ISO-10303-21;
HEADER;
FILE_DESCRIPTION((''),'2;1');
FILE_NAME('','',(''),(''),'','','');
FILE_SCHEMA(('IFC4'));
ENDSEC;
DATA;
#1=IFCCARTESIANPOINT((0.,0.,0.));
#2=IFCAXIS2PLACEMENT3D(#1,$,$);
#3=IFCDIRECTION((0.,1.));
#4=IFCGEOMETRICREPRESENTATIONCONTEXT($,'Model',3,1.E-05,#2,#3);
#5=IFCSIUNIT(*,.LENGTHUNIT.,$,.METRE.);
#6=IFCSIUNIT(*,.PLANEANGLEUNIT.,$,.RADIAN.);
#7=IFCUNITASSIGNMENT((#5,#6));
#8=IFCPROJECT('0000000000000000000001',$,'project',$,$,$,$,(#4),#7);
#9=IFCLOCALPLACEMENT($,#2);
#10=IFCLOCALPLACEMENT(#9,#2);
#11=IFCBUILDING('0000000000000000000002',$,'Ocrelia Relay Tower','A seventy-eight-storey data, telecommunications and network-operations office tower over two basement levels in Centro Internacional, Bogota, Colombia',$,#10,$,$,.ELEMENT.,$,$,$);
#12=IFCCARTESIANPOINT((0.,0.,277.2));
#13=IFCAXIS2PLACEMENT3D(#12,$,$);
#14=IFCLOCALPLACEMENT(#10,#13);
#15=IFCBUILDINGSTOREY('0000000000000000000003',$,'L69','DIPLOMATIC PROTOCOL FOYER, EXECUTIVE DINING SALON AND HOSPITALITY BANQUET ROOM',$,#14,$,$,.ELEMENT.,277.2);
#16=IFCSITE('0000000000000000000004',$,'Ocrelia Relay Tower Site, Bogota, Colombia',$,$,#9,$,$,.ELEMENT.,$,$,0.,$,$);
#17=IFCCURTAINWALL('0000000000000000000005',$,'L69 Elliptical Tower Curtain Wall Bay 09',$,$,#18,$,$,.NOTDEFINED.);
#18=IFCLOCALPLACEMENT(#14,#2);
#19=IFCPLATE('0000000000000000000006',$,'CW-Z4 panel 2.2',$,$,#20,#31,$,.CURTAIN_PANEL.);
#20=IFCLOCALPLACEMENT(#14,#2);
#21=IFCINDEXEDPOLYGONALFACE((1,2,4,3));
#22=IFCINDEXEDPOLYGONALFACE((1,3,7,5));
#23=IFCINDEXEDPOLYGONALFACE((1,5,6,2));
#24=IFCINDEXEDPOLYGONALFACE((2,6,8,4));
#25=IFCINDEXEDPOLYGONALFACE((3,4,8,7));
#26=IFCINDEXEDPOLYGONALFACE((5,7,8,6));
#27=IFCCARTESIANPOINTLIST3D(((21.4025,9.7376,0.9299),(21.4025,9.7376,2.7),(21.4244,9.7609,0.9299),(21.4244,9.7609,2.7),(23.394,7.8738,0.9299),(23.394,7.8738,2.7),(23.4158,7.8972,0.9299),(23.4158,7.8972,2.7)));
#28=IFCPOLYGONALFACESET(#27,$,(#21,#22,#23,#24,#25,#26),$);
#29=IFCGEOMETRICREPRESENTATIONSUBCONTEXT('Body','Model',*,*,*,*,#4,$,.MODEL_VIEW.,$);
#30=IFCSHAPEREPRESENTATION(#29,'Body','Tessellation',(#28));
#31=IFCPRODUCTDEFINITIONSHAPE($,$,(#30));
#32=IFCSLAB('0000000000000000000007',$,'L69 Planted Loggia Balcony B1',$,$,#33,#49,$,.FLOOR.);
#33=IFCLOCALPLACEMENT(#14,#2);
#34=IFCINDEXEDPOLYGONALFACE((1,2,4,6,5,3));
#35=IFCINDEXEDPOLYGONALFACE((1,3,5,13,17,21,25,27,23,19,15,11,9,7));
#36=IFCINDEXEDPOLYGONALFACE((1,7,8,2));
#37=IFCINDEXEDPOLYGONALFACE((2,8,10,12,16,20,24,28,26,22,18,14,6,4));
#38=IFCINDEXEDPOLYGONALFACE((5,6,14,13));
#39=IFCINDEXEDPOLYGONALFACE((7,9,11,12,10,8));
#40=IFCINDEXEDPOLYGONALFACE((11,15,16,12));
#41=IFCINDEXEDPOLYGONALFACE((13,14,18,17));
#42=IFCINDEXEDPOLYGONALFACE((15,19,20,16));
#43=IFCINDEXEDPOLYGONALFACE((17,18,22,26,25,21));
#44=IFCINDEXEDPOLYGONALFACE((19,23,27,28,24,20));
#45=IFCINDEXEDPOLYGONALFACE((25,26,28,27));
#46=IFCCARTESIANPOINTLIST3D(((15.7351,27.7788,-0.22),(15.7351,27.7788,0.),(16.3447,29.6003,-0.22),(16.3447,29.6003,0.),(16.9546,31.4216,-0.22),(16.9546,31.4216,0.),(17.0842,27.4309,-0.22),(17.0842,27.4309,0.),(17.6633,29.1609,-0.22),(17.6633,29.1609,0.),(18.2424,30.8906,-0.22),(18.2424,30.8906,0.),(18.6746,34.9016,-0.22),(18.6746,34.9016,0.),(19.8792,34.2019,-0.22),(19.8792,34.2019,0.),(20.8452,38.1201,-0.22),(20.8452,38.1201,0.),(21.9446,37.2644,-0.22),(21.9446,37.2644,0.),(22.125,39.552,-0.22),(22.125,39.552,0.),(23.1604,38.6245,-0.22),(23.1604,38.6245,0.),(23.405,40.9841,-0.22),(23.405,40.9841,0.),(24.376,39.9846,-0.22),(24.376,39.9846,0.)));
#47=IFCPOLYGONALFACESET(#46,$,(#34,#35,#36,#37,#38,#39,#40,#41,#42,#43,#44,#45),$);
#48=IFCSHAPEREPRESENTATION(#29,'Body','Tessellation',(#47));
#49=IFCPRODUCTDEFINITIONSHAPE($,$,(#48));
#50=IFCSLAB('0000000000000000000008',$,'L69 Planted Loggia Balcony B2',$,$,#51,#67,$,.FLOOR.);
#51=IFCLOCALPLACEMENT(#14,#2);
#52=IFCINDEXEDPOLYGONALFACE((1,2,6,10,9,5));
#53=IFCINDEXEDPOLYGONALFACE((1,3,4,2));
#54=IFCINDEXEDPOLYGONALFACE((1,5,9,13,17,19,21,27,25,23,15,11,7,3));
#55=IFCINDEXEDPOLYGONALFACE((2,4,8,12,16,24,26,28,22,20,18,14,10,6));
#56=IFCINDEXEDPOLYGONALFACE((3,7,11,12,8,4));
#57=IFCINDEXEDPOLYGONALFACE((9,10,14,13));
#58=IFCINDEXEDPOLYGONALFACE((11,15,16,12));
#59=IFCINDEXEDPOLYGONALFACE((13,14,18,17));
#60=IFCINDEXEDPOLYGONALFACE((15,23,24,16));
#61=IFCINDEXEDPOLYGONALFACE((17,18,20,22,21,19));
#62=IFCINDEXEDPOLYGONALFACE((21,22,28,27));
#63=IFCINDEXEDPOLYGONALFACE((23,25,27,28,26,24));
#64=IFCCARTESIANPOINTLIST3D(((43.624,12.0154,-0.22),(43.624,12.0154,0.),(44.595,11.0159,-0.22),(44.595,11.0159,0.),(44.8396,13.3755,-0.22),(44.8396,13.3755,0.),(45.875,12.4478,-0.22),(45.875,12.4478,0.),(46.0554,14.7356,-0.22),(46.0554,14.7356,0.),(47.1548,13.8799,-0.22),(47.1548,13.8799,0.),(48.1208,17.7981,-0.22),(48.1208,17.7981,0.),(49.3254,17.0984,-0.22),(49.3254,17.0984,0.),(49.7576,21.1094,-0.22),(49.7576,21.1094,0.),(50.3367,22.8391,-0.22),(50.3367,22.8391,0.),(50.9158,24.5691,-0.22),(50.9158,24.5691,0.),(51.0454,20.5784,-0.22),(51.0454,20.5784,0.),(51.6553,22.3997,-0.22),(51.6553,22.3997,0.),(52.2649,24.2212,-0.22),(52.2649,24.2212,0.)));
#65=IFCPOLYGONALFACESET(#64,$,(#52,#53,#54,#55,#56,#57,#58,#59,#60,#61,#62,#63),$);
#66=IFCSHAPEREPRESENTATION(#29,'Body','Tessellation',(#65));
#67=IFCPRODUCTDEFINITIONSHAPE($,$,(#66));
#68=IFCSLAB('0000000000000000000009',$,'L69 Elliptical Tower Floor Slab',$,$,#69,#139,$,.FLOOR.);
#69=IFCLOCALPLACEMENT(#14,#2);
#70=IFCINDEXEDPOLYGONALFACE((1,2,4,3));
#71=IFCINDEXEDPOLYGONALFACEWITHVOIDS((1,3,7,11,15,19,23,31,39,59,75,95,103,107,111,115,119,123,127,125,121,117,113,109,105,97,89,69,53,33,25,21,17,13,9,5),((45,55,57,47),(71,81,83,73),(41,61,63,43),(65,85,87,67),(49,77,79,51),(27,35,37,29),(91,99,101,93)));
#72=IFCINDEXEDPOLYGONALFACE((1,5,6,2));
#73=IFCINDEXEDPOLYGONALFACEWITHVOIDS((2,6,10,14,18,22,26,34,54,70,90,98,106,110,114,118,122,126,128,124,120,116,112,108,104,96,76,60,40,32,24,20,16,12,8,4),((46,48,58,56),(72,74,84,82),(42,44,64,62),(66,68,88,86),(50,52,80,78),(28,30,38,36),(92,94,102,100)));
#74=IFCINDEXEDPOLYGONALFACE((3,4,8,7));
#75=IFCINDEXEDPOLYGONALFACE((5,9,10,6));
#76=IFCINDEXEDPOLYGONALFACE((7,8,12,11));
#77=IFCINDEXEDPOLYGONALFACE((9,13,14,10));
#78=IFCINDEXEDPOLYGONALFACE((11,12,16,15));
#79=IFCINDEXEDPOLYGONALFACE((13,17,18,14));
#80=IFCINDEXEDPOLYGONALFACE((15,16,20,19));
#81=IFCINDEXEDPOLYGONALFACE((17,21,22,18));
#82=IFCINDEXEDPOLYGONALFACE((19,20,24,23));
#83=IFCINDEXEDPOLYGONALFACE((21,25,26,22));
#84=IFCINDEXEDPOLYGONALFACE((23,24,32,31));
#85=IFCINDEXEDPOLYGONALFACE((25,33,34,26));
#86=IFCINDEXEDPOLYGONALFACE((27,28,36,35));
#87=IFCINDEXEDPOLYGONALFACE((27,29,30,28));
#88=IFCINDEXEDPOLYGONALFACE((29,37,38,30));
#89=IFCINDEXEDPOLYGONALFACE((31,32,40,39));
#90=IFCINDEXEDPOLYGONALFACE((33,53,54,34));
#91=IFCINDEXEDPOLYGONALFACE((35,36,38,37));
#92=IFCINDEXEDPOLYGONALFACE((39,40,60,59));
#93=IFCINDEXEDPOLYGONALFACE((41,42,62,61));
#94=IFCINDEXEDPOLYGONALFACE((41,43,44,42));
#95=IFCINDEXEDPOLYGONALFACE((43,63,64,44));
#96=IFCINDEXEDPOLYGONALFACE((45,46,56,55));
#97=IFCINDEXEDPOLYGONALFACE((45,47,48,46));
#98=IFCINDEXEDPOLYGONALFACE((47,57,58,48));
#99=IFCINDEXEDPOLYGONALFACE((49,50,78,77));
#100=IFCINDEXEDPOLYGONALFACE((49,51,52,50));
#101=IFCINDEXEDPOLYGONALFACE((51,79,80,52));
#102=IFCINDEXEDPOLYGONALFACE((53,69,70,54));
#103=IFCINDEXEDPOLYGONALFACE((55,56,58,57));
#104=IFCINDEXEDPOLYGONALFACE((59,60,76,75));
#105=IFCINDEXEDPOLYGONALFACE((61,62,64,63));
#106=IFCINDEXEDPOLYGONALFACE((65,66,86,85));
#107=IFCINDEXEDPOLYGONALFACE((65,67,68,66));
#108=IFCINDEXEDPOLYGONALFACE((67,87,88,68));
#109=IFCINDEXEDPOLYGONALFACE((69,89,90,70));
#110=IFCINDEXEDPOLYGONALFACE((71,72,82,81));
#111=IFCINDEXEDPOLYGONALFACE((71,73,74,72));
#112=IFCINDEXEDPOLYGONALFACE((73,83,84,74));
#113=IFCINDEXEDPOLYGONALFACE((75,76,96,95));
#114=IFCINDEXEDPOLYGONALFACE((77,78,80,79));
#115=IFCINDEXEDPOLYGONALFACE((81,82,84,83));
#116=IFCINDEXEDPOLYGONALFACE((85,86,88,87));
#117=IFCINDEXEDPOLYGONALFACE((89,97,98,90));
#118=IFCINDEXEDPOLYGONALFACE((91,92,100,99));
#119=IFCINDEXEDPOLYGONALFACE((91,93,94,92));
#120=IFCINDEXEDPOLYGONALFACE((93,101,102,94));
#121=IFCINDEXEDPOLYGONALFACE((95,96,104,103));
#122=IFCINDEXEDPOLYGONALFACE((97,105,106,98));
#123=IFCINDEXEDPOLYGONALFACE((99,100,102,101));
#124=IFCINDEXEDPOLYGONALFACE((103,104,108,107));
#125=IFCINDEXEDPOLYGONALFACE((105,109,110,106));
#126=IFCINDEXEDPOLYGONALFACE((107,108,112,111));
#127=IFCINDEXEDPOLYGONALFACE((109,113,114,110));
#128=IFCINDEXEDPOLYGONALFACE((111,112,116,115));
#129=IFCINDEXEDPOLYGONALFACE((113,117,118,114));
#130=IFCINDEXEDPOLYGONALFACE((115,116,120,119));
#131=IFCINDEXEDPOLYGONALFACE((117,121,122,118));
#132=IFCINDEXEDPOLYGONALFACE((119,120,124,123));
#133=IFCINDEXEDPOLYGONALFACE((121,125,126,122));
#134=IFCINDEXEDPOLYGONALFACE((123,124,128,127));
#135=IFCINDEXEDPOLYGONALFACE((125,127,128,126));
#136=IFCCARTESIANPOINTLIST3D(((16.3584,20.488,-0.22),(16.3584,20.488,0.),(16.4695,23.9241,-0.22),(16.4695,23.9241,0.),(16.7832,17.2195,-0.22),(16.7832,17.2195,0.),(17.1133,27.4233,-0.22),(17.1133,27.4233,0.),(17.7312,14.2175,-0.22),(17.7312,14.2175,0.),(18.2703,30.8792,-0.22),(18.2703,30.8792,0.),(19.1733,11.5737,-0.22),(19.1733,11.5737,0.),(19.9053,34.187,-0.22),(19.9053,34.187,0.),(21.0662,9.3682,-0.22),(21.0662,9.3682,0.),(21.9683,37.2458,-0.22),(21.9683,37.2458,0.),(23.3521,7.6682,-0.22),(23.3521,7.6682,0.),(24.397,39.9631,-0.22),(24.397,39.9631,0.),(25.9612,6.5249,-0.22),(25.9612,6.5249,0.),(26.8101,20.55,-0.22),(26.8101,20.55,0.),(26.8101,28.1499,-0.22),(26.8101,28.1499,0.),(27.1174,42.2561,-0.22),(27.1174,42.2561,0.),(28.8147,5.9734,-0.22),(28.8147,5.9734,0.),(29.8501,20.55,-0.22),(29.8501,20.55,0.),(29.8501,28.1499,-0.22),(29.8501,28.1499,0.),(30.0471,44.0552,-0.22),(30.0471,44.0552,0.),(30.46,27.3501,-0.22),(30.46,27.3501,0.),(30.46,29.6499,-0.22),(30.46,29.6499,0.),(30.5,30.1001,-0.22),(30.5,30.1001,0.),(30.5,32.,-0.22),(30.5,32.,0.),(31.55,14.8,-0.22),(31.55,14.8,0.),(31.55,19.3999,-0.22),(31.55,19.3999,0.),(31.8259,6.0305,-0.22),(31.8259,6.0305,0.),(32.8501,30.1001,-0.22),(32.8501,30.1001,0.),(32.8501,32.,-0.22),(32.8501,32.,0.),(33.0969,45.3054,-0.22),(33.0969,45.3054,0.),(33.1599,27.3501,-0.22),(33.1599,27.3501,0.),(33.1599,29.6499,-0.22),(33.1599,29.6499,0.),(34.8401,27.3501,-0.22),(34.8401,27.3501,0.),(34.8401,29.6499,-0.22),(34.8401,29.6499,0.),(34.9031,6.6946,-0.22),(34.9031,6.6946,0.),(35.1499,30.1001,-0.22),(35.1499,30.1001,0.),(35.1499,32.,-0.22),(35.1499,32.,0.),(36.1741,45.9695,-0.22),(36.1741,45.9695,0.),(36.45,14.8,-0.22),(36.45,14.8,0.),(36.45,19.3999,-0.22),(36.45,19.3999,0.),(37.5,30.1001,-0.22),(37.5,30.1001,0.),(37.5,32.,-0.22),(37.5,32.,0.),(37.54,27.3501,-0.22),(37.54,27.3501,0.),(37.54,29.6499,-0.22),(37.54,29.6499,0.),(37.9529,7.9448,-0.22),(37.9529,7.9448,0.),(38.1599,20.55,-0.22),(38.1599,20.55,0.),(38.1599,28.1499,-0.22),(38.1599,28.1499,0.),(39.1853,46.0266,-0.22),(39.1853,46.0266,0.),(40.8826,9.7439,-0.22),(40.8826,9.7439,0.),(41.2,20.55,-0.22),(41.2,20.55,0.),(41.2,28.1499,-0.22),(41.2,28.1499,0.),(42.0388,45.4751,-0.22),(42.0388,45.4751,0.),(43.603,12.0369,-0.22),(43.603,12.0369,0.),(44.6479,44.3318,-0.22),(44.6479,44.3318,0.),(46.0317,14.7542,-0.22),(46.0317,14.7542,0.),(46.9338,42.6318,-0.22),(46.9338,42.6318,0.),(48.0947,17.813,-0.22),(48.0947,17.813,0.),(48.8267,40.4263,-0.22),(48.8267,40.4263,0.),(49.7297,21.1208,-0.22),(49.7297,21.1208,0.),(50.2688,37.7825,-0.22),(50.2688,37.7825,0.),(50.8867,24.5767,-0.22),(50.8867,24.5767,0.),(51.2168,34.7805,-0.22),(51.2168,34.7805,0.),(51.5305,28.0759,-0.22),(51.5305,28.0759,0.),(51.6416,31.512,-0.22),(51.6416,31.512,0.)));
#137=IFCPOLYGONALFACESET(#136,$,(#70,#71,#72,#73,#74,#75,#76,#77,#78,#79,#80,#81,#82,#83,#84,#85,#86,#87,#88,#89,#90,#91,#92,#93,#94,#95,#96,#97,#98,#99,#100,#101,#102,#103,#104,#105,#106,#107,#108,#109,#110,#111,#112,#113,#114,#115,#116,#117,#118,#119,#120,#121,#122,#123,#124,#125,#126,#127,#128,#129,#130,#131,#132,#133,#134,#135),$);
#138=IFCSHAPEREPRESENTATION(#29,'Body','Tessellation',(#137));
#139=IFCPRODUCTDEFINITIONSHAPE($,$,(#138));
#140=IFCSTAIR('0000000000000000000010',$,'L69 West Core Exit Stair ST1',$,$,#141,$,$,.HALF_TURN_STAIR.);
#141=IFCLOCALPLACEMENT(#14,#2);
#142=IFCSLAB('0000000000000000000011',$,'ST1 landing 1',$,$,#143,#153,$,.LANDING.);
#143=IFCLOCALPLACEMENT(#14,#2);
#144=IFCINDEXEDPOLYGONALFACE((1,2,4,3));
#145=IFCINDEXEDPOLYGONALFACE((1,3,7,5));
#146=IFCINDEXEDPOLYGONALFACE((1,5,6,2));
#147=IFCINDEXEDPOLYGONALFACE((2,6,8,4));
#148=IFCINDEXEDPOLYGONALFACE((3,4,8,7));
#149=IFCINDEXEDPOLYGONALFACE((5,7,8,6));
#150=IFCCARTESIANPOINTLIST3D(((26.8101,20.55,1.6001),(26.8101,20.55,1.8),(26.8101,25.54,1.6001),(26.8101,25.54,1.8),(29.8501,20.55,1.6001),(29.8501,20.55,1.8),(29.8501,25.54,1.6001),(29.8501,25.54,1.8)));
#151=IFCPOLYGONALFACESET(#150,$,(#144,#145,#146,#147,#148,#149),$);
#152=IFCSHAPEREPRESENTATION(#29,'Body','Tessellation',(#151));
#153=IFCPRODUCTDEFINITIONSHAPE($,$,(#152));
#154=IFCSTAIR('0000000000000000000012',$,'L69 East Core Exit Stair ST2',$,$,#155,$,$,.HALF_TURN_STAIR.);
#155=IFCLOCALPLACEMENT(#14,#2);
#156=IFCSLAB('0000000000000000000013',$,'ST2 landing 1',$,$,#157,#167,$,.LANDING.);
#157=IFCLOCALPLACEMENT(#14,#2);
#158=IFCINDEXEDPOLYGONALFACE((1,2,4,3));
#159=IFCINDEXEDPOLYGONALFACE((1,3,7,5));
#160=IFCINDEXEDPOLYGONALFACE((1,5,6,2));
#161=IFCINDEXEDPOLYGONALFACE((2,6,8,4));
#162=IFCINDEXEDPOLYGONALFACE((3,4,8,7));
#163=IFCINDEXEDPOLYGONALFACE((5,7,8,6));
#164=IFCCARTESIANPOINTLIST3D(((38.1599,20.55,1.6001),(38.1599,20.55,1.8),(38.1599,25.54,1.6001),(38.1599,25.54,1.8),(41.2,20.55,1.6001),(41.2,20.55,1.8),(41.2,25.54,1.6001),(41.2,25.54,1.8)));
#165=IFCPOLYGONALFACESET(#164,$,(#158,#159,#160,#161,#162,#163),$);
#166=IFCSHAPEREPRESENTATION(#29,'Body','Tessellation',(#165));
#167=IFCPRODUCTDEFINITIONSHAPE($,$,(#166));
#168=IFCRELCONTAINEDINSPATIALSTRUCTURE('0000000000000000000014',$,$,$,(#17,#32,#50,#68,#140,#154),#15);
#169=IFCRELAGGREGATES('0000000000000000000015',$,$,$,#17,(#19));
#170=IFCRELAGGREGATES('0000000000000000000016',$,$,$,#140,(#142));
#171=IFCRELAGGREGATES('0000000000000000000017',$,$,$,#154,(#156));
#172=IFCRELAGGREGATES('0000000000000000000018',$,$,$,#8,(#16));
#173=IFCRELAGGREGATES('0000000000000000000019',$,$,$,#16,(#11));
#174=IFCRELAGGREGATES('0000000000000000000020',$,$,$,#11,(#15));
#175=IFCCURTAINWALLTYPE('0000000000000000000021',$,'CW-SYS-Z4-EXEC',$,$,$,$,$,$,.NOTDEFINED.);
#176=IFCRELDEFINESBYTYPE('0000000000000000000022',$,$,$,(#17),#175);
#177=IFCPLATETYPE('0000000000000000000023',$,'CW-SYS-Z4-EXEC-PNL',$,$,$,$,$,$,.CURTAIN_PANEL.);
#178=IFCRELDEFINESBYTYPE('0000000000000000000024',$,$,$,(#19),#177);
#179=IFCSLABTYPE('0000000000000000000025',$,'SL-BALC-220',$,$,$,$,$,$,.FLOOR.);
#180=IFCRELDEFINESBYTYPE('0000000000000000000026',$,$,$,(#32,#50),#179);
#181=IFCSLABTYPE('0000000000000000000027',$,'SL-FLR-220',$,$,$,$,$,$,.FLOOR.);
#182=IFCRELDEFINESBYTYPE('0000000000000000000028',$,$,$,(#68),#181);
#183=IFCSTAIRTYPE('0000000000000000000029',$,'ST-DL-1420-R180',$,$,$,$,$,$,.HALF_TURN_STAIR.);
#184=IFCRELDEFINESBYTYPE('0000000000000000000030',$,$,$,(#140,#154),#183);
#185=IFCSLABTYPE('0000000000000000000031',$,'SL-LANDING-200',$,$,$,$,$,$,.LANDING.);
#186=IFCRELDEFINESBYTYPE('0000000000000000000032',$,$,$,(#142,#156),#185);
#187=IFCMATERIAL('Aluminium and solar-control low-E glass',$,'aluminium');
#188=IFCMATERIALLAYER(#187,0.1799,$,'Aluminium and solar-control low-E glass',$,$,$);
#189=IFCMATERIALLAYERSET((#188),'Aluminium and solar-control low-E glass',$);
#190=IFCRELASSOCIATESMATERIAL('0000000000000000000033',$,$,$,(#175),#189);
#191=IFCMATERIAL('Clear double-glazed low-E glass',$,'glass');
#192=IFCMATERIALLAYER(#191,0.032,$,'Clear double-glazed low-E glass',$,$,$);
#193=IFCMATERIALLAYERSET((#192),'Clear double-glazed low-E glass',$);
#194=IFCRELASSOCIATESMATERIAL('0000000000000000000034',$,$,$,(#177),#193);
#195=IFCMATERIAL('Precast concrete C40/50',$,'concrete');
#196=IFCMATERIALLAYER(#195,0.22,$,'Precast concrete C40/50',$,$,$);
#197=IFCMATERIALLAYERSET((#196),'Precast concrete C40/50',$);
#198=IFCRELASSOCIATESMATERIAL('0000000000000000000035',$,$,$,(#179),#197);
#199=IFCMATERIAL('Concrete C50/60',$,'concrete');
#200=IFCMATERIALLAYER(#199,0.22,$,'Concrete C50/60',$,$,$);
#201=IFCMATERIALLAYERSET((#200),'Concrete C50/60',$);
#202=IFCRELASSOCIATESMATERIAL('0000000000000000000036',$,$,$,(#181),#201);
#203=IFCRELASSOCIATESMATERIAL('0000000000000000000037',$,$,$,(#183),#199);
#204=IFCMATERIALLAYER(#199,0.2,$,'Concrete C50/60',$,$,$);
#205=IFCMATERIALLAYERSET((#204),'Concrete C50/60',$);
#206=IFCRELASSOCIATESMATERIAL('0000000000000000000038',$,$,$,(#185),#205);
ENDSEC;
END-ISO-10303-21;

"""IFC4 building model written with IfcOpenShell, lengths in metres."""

from ifc_helpers import new_model, si_unit, direction, frame, origin, origin_2d, place, context, subcontext, project, spatial, polyline, rectangle, outline, extrude, material, layer, layer_set, type_object, element, aggregate, save


model = new_model("IFC4")

# Units and contexts
model_context = context("Model", 3, precision=1e-05, world=origin(), true_north=direction((0.0, 1.0)))
body_context = subcontext(model_context, "Body", "Model", "MODEL_VIEW")
ifc_project = project(units=[si_unit("LENGTHUNIT", "METRE"), si_unit("PLANEANGLEUNIT", "RADIAN")], contexts=[model_context])

# Site, building, storey
site_placement = place(None, origin())
site = spatial("IfcSite", under=ifc_project, at=site_placement, Name="Ocrelia Relay Tower Site, Bogota, Colombia", CompositionType="ELEMENT", RefElevation=0.0)
building_placement = place(site_placement, origin())
building = spatial("IfcBuilding", under=site, at=building_placement, Name="Ocrelia Relay Tower", Description="A seventy-eight-storey data, telecommunications and network-operations office tower over two basement levels in Centro Internacional, Bogota, Colombia", CompositionType="ELEMENT")
storey_placement = place(building_placement, frame((0.0, 0.0, 277.2)))
storey = spatial("IfcBuildingStorey", under=building, at=storey_placement, Name="L69", Description="DIPLOMATIC PROTOCOL FOYER, EXECUTIVE DINING SALON AND HOSPITALITY BANQUET ROOM", CompositionType="ELEMENT", Elevation=277.2)

# Shared definitions
ifc_material_1 = material(Name="Concrete C50/60", Category="concrete")

# Curtain wall
ifc_material_2 = material(Name="Aluminium and solar-control low-E glass", Category="aluminium")
ifc_layer_1 = layer(ifc_material_2, 0.1799, Name="Aluminium and solar-control low-E glass")
ifc_layer_set_1 = layer_set([ifc_layer_1], Name="Aluminium and solar-control low-E glass")
curtain_wall_type = type_object("IfcCurtainWallType", Name="CW-SYS-Z4-EXEC", PredefinedType="NOTDEFINED", material=ifc_layer_set_1)
curtain_wall_1_placement = place(storey_placement, origin())
curtain_wall_1 = element("IfcCurtainWall", 1, at=curtain_wall_1_placement, inside=storey, type_object=curtain_wall_type, Name="L69 Elliptical Tower Curtain Wall Bay 09", PredefinedType="NOTDEFINED")

# Plate
ifc_material_3 = material(Name="Clear double-glazed low-E glass", Category="glass")
ifc_layer_2 = layer(ifc_material_3, 0.032, Name="Clear double-glazed low-E glass")
ifc_layer_set_2 = layer_set([ifc_layer_2], Name="Clear double-glazed low-E glass")
plate_type = type_object("IfcPlateType", Name="CW-SYS-Z4-EXEC-PNL", PredefinedType="CURTAIN_PANEL", material=ifc_layer_set_2)
plate_1_placement = place(storey_placement, frame((22.4092, 8.8174, 0.9299), z_axis=(0.0, 0.0, 1.0), x_axis=(0.730125, -0.683313, 0.0)))
plate_1 = element("IfcPlate", 2, at=plate_1_placement, type_object=plate_type, Name="CW-Z4 panel 2.2", PredefinedType="CURTAIN_PANEL", context=body_context, shape_type="SweptSolid", body=[
    extrude(rectangle(XDim=2.7275, YDim=0.032, at=origin_2d()), origin(), (0.0, 0.0, 1.0), 1.77),
])
aggregate(curtain_wall_1, [plate_1])

# Slabs
ifc_material_4 = material(Name="Precast concrete C40/50", Category="concrete")
ifc_layer_3 = layer(ifc_material_4, 0.22, Name="Precast concrete C40/50")
ifc_layer_set_3 = layer_set([ifc_layer_3], Name="Precast concrete C40/50")
slab_type_1 = type_object("IfcSlabType", Name="SL-BALC-220", PredefinedType="FLOOR", material=ifc_layer_set_3)
slab_1_placement = place(storey_placement, frame((0.0, 0.0, -0.22)))
element("IfcSlab", 3, at=slab_1_placement, inside=storey, type_object=slab_type_1, Name="L69 Planted Loggia Balcony B1", PredefinedType="FLOOR", context=body_context, shape_type="SweptSolid", body=[
    extrude(outline(polyline([(24.376, 39.9846), (23.1604, 38.6245), (21.9446, 37.2644), (19.8792, 34.2019), (18.2424, 30.8906), (17.6633, 29.1609), (17.0842, 27.4309), (15.7351, 27.7788), (16.3447, 29.6003), (16.9546, 31.4216), (18.6746, 34.9016), (20.8452, 38.1201), (22.125, 39.552), (23.405, 40.9841), (24.376, 39.9846)])), origin(), (0.0, 0.0, 1.0), 0.22),
])
slab_2_placement = place(storey_placement, frame((0.0, 0.0, -0.22)))
element("IfcSlab", 4, at=slab_2_placement, inside=storey, type_object=slab_type_1, Name="L69 Planted Loggia Balcony B2", PredefinedType="FLOOR", context=body_context, shape_type="SweptSolid", body=[
    extrude(outline(polyline([(43.624, 12.0154), (44.8396, 13.3755), (46.0554, 14.7356), (48.1208, 17.7981), (49.7576, 21.1094), (50.3367, 22.8391), (50.9158, 24.5691), (52.2649, 24.2212), (51.6553, 22.3997), (51.0454, 20.5784), (49.3254, 17.0984), (47.1548, 13.8799), (45.875, 12.4478), (44.595, 11.0159), (43.624, 12.0154)])), origin(), (0.0, 0.0, 1.0), 0.22),
])
ifc_layer_4 = layer(ifc_material_1, 0.22, Name="Concrete C50/60")
ifc_layer_set_4 = layer_set([ifc_layer_4], Name="Concrete C50/60")
slab_type_2 = type_object("IfcSlabType", Name="SL-FLR-220", PredefinedType="FLOOR", material=ifc_layer_set_4)
slab_3_placement = place(storey_placement, frame((0.0, 0.0, -0.22)))
element("IfcSlab", 5, at=slab_3_placement, inside=storey, type_object=slab_type_2, Name="L69 Elliptical Tower Floor Slab", PredefinedType="FLOOR", context=body_context, shape_type="SweptSolid", body=[
    extrude(outline(polyline([(44.6479, 44.3318), (42.0388, 45.4751), (39.1853, 46.0266), (36.1741, 45.9695), (33.0969, 45.3054), (30.0471, 44.0552), (27.1174, 42.2561), (24.397, 39.9631), (21.9683, 37.2458), (19.9053, 34.187), (18.2703, 30.8792), (17.1133, 27.4233), (16.4695, 23.9241), (16.3584, 20.488), (16.7832, 17.2195), (17.7312, 14.2175), (19.1733, 11.5737), (21.0662, 9.3682), (23.3521, 7.6682), (25.9612, 6.5249), (28.8147, 5.9734), (31.8259, 6.0305), (34.9031, 6.6946), (37.9529, 7.9448), (40.8826, 9.7439), (43.603, 12.0369), (46.0317, 14.7542), (48.0947, 17.813), (49.7297, 21.1208), (50.8867, 24.5767), (51.5305, 28.0759), (51.6416, 31.512), (51.2168, 34.7805), (50.2688, 37.7825), (48.8267, 40.4263), (46.9338, 42.6318), (44.6479, 44.3318)]), holes=[polyline([(26.8101, 28.1499), (26.8101, 20.55), (29.8501, 20.55), (29.8501, 28.1499), (26.8101, 28.1499)]), polyline([(38.1599, 28.1499), (38.1599, 20.55), (41.2, 20.55), (41.2, 28.1499), (38.1599, 28.1499)]), polyline([(30.46, 27.3501), (33.1599, 27.3501), (33.1599, 29.6499), (30.46, 29.6499), (30.46, 27.3501)]), polyline([(34.8401, 27.3501), (37.54, 27.3501), (37.54, 29.6499), (34.8401, 29.6499), (34.8401, 27.3501)]), polyline([(30.5, 30.1001), (32.8501, 30.1001), (32.8501, 32.0), (30.5, 32.0), (30.5, 30.1001)]), polyline([(35.1499, 30.1001), (37.5, 30.1001), (37.5, 32.0), (35.1499, 32.0), (35.1499, 30.1001)]), polyline([(31.55, 14.8), (36.45, 14.8), (36.45, 19.3999), (31.55, 19.3999), (31.55, 14.8)])]), origin(), (0.0, 0.0, 1.0), 0.22),
])

# Stairs, slabs
stair_type = type_object("IfcStairType", Name="ST-DL-1420-R180", PredefinedType="HALF_TURN_STAIR", material=ifc_material_1)
stair_1_placement = place(storey_placement, origin())
stair_1 = element("IfcStair", 6, at=stair_1_placement, inside=storey, type_object=stair_type, Name="L69 West Core Exit Stair ST1", PredefinedType="HALF_TURN_STAIR")
ifc_layer_5 = layer(ifc_material_1, 0.2, Name="Concrete C50/60")
ifc_layer_set_5 = layer_set([ifc_layer_5], Name="Concrete C50/60")
slab_type_3 = type_object("IfcSlabType", Name="SL-LANDING-200", PredefinedType="LANDING", material=ifc_layer_set_5)
slab_4_placement = place(storey_placement, frame((0.0, 0.0, 1.6001)))
slab_4 = element("IfcSlab", 7, at=slab_4_placement, type_object=slab_type_3, Name="ST1 landing 1", PredefinedType="LANDING", context=body_context, shape_type="SweptSolid", body=[
    extrude(outline(polyline([(26.8101, 25.54), (26.8101, 20.55), (29.8501, 20.55), (29.8501, 25.54), (26.8101, 25.54)])), origin(), (0.0, 0.0, 1.0), 0.2),
])
aggregate(stair_1, [slab_4])
stair_2_placement = place(storey_placement, origin())
stair_2 = element("IfcStair", 8, at=stair_2_placement, inside=storey, type_object=stair_type, Name="L69 East Core Exit Stair ST2", PredefinedType="HALF_TURN_STAIR")
slab_5_placement = place(storey_placement, frame((0.0, 0.0, 1.6001)))
slab_5 = element("IfcSlab", 9, at=slab_5_placement, type_object=slab_type_3, Name="ST2 landing 1", PredefinedType="LANDING", context=body_context, shape_type="SweptSolid", body=[
    extrude(outline(polyline([(38.1599, 25.54), (38.1599, 20.55), (41.2, 20.55), (41.2, 25.54), (38.1599, 25.54)])), origin(), (0.0, 0.0, 1.0), 0.2),
])
aggregate(stair_2, [slab_5])

save(model, "model.ifc")
